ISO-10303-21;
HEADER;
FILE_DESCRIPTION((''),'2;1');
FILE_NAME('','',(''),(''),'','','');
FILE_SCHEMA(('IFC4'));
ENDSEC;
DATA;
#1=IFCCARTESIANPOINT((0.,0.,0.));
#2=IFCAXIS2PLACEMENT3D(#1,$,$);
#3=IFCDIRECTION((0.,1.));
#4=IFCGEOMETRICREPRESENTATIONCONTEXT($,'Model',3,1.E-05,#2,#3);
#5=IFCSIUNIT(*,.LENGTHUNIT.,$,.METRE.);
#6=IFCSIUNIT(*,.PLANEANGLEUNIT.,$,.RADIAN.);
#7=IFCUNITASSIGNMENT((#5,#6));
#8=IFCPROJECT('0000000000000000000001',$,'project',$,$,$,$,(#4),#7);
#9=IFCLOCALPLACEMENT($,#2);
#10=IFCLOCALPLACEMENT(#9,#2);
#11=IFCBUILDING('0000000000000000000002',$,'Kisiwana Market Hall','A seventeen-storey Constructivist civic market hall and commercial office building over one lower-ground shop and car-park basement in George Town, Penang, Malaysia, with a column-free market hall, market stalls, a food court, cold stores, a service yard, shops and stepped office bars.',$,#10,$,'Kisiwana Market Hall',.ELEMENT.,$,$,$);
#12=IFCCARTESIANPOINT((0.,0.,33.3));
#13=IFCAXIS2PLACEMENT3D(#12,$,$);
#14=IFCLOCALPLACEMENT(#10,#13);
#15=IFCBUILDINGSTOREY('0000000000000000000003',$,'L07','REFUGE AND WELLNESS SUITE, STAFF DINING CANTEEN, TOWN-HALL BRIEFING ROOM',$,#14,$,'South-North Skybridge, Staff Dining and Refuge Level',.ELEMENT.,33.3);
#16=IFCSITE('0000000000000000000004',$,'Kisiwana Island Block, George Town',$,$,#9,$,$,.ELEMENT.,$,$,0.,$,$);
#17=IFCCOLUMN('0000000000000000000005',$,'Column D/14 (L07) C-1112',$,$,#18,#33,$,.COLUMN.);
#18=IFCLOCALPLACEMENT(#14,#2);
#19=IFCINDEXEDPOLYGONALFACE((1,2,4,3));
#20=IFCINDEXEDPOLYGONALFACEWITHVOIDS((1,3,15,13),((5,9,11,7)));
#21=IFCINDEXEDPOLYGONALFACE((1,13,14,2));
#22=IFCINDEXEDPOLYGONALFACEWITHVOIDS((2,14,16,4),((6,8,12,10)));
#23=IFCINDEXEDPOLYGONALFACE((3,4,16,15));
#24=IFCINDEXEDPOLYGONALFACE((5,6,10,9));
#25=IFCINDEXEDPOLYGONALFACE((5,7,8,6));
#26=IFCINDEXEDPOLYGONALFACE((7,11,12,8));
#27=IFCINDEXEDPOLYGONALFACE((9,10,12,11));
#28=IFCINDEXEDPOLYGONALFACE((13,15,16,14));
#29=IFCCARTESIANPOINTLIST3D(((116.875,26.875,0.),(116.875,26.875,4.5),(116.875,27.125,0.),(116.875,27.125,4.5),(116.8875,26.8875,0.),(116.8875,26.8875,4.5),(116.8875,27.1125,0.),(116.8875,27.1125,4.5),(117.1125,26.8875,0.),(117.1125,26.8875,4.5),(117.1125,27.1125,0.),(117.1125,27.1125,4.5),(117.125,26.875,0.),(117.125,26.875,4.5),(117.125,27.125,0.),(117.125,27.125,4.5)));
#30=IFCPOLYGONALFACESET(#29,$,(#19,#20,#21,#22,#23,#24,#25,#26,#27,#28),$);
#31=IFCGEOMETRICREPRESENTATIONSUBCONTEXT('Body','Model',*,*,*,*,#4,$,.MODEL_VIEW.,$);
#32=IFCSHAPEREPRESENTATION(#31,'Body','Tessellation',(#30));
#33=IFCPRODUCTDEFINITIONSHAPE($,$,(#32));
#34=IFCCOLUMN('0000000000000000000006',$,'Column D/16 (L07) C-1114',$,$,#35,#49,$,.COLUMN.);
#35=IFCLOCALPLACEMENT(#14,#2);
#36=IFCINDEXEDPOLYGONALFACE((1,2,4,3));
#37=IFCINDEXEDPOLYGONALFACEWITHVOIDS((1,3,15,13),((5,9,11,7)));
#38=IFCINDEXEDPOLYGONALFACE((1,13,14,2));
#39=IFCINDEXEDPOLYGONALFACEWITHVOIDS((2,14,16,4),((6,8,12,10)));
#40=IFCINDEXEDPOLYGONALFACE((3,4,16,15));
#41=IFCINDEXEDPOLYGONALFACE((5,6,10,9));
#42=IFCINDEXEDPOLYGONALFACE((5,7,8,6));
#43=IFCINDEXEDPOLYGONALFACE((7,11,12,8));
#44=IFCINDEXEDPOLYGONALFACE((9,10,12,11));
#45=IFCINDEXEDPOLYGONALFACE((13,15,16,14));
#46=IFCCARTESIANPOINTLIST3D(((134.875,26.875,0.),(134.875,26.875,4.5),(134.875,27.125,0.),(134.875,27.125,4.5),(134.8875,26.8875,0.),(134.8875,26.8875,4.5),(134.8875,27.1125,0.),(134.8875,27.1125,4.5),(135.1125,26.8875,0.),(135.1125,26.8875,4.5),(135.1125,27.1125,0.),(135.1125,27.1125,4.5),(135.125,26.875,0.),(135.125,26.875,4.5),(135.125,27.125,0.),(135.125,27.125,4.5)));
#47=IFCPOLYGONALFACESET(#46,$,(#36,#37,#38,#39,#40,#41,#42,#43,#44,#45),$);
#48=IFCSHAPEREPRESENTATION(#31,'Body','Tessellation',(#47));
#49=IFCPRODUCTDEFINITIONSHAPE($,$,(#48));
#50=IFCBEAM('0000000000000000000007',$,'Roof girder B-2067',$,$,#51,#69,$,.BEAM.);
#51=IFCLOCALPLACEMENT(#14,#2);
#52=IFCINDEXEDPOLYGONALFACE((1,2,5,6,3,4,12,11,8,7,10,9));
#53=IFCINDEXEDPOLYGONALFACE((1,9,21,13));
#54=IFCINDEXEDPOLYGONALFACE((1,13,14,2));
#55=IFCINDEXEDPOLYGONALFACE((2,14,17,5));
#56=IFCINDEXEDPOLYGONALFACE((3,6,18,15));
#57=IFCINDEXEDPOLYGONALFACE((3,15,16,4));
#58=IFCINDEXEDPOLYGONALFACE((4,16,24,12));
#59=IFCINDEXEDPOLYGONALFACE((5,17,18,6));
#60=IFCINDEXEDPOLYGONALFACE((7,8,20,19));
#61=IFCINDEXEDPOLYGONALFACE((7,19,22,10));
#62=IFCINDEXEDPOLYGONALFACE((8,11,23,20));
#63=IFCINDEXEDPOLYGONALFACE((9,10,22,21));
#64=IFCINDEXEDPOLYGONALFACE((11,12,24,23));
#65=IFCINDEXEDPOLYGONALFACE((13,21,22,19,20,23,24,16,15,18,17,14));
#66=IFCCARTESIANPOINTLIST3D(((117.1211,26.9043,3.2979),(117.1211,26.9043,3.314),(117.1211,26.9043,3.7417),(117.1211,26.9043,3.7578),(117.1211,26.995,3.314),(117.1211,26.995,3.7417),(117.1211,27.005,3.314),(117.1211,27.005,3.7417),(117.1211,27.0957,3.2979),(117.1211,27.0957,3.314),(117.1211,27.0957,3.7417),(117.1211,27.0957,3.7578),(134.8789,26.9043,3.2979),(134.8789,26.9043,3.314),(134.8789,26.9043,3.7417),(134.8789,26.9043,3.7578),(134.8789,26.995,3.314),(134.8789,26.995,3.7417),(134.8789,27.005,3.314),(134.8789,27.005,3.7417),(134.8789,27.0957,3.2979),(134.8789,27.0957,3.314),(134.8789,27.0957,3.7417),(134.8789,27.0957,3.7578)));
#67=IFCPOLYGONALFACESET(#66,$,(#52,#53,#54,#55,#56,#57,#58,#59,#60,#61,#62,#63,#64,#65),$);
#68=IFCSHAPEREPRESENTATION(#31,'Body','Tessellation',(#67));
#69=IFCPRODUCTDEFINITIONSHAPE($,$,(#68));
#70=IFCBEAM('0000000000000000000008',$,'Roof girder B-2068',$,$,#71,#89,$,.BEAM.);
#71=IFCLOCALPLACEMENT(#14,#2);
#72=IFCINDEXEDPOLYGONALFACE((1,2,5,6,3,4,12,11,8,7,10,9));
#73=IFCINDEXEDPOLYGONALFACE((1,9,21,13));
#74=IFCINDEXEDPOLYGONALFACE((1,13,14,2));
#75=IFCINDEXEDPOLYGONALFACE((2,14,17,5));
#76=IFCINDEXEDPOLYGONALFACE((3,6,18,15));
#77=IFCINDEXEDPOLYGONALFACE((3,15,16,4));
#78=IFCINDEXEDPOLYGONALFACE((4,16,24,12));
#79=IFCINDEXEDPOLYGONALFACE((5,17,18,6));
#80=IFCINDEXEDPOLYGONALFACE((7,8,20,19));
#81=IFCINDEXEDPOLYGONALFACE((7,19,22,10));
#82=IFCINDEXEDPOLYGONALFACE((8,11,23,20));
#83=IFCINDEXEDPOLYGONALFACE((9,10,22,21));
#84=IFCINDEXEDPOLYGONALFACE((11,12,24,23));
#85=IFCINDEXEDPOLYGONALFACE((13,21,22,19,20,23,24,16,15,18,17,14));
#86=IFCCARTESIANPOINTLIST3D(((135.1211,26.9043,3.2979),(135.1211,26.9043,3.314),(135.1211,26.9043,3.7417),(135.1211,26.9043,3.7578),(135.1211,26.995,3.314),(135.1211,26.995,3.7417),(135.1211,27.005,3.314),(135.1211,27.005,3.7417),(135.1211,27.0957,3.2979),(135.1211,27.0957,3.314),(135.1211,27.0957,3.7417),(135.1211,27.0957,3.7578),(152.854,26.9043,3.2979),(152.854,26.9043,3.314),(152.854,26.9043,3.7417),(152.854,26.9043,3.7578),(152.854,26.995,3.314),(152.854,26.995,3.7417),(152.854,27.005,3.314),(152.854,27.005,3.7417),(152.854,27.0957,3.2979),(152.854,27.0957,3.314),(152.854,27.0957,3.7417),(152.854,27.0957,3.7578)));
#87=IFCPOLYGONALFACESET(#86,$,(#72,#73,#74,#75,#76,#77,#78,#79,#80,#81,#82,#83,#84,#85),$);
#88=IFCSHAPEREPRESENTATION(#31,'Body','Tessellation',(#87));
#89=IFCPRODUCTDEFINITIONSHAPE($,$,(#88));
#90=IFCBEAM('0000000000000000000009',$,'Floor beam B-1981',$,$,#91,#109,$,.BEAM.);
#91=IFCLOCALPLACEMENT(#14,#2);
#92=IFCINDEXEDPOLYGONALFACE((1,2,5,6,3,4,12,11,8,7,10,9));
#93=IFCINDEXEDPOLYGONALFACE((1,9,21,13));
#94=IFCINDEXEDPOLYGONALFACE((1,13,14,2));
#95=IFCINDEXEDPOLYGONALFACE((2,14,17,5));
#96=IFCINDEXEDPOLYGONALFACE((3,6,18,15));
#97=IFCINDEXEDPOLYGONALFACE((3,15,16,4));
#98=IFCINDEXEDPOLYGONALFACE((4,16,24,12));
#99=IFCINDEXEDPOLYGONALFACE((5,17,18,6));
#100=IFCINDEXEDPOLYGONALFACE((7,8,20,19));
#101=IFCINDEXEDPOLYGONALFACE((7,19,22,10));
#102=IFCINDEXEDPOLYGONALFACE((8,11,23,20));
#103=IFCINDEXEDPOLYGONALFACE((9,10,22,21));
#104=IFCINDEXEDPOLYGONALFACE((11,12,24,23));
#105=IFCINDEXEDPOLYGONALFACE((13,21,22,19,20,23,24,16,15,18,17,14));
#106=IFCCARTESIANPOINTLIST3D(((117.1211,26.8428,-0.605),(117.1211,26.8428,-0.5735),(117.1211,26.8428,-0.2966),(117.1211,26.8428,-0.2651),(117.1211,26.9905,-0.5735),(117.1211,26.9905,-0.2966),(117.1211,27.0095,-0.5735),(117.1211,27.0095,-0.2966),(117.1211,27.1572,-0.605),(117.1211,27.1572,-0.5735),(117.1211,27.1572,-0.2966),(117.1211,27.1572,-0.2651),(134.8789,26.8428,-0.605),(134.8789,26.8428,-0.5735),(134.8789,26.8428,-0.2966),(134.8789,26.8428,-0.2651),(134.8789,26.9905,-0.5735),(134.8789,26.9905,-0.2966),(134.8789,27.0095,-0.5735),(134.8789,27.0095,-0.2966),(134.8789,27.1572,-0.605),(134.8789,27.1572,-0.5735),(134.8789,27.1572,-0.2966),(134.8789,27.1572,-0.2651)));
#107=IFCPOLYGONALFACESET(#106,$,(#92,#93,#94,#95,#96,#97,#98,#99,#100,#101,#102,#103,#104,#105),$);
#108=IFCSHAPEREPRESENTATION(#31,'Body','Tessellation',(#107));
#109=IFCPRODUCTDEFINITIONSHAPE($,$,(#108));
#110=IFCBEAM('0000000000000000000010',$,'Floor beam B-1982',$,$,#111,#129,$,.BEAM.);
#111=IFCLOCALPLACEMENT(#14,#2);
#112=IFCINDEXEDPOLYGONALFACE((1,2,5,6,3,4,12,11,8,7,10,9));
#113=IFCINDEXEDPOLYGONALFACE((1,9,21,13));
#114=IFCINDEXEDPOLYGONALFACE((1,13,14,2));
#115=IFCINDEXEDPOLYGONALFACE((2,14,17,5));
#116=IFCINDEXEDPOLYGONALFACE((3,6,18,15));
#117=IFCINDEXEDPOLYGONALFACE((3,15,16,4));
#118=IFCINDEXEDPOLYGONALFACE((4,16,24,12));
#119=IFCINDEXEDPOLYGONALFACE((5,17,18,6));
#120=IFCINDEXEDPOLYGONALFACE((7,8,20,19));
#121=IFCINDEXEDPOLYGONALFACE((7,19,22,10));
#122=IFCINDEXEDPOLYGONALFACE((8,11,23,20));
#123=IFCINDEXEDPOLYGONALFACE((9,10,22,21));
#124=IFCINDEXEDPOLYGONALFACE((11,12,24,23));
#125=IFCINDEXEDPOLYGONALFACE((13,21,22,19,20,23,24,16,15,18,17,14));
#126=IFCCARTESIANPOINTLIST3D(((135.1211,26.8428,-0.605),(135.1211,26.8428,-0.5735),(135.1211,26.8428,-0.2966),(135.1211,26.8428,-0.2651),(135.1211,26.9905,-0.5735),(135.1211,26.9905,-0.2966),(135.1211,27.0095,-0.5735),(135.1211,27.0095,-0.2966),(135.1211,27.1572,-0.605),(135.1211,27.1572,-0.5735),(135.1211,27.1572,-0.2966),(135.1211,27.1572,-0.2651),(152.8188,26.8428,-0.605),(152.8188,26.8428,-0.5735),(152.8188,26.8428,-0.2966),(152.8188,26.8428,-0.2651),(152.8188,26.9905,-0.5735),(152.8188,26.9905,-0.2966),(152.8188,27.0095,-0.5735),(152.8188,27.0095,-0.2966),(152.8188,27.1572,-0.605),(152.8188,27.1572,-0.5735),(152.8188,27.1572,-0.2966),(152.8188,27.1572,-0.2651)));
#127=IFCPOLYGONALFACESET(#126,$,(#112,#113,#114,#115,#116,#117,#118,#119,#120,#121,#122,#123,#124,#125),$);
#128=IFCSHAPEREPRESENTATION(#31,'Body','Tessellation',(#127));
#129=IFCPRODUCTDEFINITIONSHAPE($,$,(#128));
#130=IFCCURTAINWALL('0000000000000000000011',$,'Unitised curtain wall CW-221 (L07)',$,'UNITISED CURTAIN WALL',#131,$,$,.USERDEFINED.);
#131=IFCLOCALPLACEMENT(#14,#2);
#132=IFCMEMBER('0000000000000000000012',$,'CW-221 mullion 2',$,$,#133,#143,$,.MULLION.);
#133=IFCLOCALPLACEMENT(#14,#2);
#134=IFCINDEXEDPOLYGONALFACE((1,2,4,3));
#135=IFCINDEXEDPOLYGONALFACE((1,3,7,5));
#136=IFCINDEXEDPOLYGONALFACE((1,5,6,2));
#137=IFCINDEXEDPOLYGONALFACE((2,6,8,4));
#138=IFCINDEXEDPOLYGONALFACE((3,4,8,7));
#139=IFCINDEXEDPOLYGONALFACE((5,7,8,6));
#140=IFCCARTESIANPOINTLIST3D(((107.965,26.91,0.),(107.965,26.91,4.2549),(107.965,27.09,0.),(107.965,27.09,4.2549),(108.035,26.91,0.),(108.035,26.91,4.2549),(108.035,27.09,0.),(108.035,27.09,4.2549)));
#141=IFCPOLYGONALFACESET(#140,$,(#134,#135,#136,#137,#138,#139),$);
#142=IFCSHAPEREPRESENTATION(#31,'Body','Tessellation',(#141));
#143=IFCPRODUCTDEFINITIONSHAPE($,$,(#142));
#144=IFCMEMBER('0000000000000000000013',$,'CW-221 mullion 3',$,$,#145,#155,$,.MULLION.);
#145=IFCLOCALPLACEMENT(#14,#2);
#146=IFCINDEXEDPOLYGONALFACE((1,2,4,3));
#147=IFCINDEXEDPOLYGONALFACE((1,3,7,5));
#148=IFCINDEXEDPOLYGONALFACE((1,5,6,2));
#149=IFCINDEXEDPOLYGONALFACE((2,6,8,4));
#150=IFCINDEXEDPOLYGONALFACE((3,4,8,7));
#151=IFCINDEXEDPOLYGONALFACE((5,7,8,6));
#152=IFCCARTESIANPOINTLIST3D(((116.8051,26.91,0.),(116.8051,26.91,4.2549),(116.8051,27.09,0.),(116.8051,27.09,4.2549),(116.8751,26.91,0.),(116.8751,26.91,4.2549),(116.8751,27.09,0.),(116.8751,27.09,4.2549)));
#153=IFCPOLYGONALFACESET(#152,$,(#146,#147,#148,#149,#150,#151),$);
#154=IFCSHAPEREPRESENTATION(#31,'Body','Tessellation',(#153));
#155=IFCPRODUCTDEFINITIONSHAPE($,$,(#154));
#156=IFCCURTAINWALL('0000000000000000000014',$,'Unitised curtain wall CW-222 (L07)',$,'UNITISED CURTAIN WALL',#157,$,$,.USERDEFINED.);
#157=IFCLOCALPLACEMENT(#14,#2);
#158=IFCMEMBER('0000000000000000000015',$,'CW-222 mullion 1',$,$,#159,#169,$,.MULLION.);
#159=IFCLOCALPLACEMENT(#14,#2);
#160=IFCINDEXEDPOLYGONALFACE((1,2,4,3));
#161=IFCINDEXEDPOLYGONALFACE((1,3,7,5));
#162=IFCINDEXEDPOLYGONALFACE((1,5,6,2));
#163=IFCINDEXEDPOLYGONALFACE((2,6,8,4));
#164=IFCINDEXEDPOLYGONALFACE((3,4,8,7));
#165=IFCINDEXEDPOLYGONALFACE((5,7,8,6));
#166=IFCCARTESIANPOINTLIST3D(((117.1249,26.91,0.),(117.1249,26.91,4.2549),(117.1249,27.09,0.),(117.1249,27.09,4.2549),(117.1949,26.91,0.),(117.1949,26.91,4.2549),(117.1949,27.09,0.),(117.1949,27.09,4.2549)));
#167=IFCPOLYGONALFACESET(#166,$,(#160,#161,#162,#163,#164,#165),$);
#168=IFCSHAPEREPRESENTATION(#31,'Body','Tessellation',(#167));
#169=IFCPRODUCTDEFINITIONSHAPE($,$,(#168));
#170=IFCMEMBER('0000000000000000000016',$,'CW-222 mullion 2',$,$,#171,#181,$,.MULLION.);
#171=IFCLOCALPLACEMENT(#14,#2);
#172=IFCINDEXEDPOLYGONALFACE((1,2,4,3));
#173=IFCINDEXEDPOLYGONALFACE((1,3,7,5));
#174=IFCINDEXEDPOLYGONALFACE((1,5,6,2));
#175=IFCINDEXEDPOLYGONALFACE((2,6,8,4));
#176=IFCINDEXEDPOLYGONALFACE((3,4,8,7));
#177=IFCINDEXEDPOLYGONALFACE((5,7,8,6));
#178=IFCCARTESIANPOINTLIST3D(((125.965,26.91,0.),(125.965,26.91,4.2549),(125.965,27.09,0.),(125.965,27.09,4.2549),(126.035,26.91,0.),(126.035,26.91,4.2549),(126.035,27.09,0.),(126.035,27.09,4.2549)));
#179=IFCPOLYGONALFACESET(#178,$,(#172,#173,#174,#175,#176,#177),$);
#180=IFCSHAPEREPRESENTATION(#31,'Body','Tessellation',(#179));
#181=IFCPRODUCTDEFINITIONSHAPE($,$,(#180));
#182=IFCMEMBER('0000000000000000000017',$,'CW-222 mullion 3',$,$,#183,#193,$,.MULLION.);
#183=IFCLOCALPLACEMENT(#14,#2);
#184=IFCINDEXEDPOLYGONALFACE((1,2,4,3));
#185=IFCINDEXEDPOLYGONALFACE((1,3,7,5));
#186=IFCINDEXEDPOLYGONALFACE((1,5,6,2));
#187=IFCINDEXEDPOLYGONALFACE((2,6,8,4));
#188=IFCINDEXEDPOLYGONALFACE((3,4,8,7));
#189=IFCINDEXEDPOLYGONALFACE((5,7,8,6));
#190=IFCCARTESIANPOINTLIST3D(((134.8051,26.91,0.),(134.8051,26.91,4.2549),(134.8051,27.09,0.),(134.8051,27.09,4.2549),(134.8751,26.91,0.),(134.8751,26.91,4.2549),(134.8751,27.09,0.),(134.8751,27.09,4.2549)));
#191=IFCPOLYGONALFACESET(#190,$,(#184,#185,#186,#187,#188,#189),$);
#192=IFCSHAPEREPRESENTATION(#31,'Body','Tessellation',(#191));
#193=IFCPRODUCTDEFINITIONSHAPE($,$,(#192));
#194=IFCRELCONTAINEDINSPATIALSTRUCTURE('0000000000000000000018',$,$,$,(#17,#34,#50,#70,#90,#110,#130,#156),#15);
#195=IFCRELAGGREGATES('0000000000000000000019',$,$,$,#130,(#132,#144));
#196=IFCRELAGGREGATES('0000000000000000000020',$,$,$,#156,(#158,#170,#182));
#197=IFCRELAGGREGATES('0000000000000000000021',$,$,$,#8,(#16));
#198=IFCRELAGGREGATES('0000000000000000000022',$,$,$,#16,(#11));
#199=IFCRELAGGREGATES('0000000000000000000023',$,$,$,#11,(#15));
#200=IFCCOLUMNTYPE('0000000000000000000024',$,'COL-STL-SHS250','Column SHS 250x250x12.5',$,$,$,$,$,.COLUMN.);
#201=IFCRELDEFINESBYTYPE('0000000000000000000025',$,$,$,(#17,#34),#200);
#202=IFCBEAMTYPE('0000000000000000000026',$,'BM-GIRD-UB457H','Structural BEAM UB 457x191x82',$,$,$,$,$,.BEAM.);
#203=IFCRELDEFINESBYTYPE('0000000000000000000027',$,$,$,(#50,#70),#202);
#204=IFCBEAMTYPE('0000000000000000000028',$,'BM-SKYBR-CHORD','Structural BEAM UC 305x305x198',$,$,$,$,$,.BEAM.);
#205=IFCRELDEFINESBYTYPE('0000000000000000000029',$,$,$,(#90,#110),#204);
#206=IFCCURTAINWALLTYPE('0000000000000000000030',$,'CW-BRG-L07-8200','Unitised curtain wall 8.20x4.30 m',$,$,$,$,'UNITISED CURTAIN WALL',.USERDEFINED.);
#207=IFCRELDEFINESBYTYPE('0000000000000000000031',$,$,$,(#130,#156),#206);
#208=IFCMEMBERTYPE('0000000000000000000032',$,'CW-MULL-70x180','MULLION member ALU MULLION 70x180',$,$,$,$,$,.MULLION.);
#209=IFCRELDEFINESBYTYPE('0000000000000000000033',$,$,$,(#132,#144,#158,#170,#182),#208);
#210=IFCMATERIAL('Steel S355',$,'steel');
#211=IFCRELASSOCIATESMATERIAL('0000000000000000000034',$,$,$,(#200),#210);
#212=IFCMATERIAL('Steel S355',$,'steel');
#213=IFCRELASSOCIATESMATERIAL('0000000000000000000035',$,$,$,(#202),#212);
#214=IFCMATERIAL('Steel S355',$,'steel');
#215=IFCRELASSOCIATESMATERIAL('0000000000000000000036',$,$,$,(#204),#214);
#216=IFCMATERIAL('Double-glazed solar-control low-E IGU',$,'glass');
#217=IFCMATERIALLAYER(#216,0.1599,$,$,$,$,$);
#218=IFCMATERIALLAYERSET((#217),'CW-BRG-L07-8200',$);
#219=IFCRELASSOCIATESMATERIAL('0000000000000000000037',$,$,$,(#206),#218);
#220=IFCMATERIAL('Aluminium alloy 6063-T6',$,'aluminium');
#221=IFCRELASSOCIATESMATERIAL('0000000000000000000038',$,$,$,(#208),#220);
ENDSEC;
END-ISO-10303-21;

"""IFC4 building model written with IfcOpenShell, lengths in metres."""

from ifc_helpers import new_model, si_unit, direction, frame, origin, origin_2d, place, context, subcontext, project, spatial, rectangle, hollow_rectangle, i_section, extrude, material, layer, layer_set, material_profile, profile_set, type_object, element, aggregate, save


model = new_model("IFC4")

# Units and contexts
model_context = context("Model", 3, precision=1e-05, world=origin(), true_north=direction((0.0, 1.0)))
body_context = subcontext(model_context, "Body", "Model", "MODEL_VIEW")
ifc_project = project(units=[si_unit("LENGTHUNIT", "METRE"), si_unit("PLANEANGLEUNIT", "RADIAN")], contexts=[model_context])

# Site, building, storey
site_placement = place(None, origin())
site = spatial("IfcSite", under=ifc_project, at=site_placement, Name="Kisiwana Island Block, George Town", CompositionType="ELEMENT", RefElevation=0.0)
building_placement = place(site_placement, origin())
building = spatial("IfcBuilding", under=site, at=building_placement, Name="Kisiwana Market Hall", Description="A seventeen-storey Constructivist civic market hall and commercial office building over one lower-ground shop and car-park basement in George Town, Penang, Malaysia, with a column-free market hall, market stalls, a food court, cold stores, a service yard, shops and stepped office bars.", LongName="Kisiwana Market Hall", CompositionType="ELEMENT")
storey_placement = place(building_placement, frame((0.0, 0.0, 33.3)))
storey = spatial("IfcBuildingStorey", under=building, at=storey_placement, Name="L07", Description="REFUGE AND WELLNESS SUITE, STAFF DINING CANTEEN, TOWN-HALL BRIEFING ROOM", LongName="South-North Skybridge, Staff Dining and Refuge Level", CompositionType="ELEMENT", Elevation=33.3)

# Columns
ifc_material_1 = material(Name="Steel S355", Category="steel")
ifc_material_profile_1 = material_profile(ifc_material_1, hollow_rectangle(XDim=0.25, YDim=0.25, WallThickness=0.0125, at=origin_2d()), Name="SHS 250x250x12.5")
ifc_profile_set_1 = profile_set([ifc_material_profile_1], Name="Steel S355")
column_type = type_object("IfcColumnType", Name="COL-STL-SHS250", Description="Column SHS 250x250x12.5", PredefinedType="COLUMN", material=ifc_profile_set_1)
for number, where, z_axis, x_axis, name in (
    (1, (117.0, 27.0, 0.0), (0.0, 0.0, 1.0), (1.0, 0.0, 0.0), "Column D/14 (L07) C-1112"),
    (2, (135.0, 27.0, 0.0), (0.0, 0.0, 1.0), (1.0, 0.0, 0.0), "Column D/16 (L07) C-1114"),
):
    element("IfcColumn", number, at=place(storey_placement, frame(where, z_axis=z_axis, x_axis=x_axis)), inside=storey, type_object=column_type, Name=name, PredefinedType="COLUMN", context=body_context, shape_type="SweptSolid", body=[
        extrude(hollow_rectangle(XDim=0.25, YDim=0.25, WallThickness=0.0125, at=origin_2d()), origin(), (0.0, 0.0, 1.0), 4.5),
    ])

# Beams
ifc_material_2 = material(Name="Steel S355", Category="steel")
ifc_material_profile_2 = material_profile(ifc_material_2, i_section(OverallWidth=0.1914, OverallDepth=0.46, WebThickness=0.01, FlangeThickness=0.0161, at=origin_2d()), Name="UB 457x191x82")
ifc_profile_set_2 = profile_set([ifc_material_profile_2], Name="Steel S355")
beam_type_1 = type_object("IfcBeamType", Name="BM-GIRD-UB457H", Description="Structural BEAM UB 457x191x82", PredefinedType="BEAM", material=ifc_profile_set_2)
beam_1_placement = place(storey_placement, frame((117.1211, 27.0, 3.5278), z_axis=(1.0, 0.0, 0.0), x_axis=(0.0, 1.0, 0.0)))
element("IfcBeam", 3, at=beam_1_placement, inside=storey, type_object=beam_type_1, Name="Roof girder B-2067", PredefinedType="BEAM", context=body_context, shape_type="SweptSolid", body=[
    extrude(i_section(OverallWidth=0.1914, OverallDepth=0.46, WebThickness=0.01, FlangeThickness=0.0161, at=origin_2d()), origin(), (0.0, 0.0, 1.0), 17.7578),
])
beam_2_placement = place(storey_placement, frame((135.1211, 27.0, 3.5278), z_axis=(1.0, 0.0, 0.0), x_axis=(0.0, 1.0, 0.0)))
element("IfcBeam", 4, at=beam_2_placement, inside=storey, type_object=beam_type_1, Name="Roof girder B-2068", PredefinedType="BEAM", context=body_context, shape_type="SweptSolid", body=[
    extrude(i_section(OverallWidth=0.1914, OverallDepth=0.46, WebThickness=0.01, FlangeThickness=0.0161, at=origin_2d()), origin(), (0.0, 0.0, 1.0), 17.7329),
])
ifc_material_3 = material(Name="Steel S355", Category="steel")
ifc_material_profile_3 = material_profile(ifc_material_3, i_section(OverallWidth=0.3145, OverallDepth=0.3398, WebThickness=0.019, FlangeThickness=0.0315, at=origin_2d()), Name="UC 305x305x198")
ifc_profile_set_3 = profile_set([ifc_material_profile_3], Name="Steel S355")
beam_type_2 = type_object("IfcBeamType", Name="BM-SKYBR-CHORD", Description="Structural BEAM UC 305x305x198", PredefinedType="BEAM", material=ifc_profile_set_3)
beam_3_placement = place(storey_placement, frame((117.1211, 27.0, -0.4351), z_axis=(1.0, 0.0, 0.0), x_axis=(0.0, 1.0, 0.0)))
element("IfcBeam", 5, at=beam_3_placement, inside=storey, type_object=beam_type_2, Name="Floor beam B-1981", PredefinedType="BEAM", context=body_context, shape_type="SweptSolid", body=[
    extrude(i_section(OverallWidth=0.3145, OverallDepth=0.3398, WebThickness=0.019, FlangeThickness=0.0315, at=origin_2d()), origin(), (0.0, 0.0, 1.0), 17.7578),
])
beam_4_placement = place(storey_placement, frame((135.1211, 27.0, -0.4351), z_axis=(1.0, 0.0, 0.0), x_axis=(0.0, 1.0, 0.0)))
element("IfcBeam", 6, at=beam_4_placement, inside=storey, type_object=beam_type_2, Name="Floor beam B-1982", PredefinedType="BEAM", context=body_context, shape_type="SweptSolid", body=[
    extrude(i_section(OverallWidth=0.3145, OverallDepth=0.3398, WebThickness=0.019, FlangeThickness=0.0315, at=origin_2d()), origin(), (0.0, 0.0, 1.0), 17.6978),
])

# Curtain walls, members
ifc_material_4 = material(Name="Double-glazed solar-control low-E IGU", Category="glass")
ifc_layer_1 = layer(ifc_material_4, 0.1599)
ifc_layer_set_1 = layer_set([ifc_layer_1], Name="CW-BRG-L07-8200")
curtain_wall_type = type_object("IfcCurtainWallType", Name="CW-BRG-L07-8200", Description="Unitised curtain wall 8.20x4.30 m", ElementType="UNITISED CURTAIN WALL", PredefinedType="USERDEFINED", material=ifc_layer_set_1)
curtain_wall_1_placement = place(storey_placement, origin())
curtain_wall_1 = element("IfcCurtainWall", 7, at=curtain_wall_1_placement, inside=storey, type_object=curtain_wall_type, Name="Unitised curtain wall CW-221 (L07)", ObjectType="UNITISED CURTAIN WALL", PredefinedType="USERDEFINED")
ifc_material_5 = material(Name="Aluminium alloy 6063-T6", Category="aluminium")
ifc_material_profile_4 = material_profile(ifc_material_5, rectangle(XDim=0.0701, YDim=0.1799, at=origin_2d()), Name="ALU MULLION 70x180")
ifc_profile_set_4 = profile_set([ifc_material_profile_4], Name="Aluminium alloy 6063-T6")
member_type_1 = type_object("IfcMemberType", Name="CW-MULL-70x180", Description="MULLION member ALU MULLION 70x180", PredefinedType="MULLION", material=ifc_profile_set_4)
member_1_placement = place(storey_placement, frame((108.0, 27.0, 0.0), z_axis=(0.0, 0.0, 1.0), x_axis=(1.0, 0.0, 0.0)))
member_1 = element("IfcMember", 8, at=member_1_placement, type_object=member_type_1, Name="CW-221 mullion 2", PredefinedType="MULLION", context=body_context, shape_type="SweptSolid", body=[
    extrude(rectangle(XDim=0.0701, YDim=0.1799, at=origin_2d()), origin(), (0.0, 0.0, 1.0), 4.2549),
])
member_2_placement = place(storey_placement, frame((116.8401, 27.0, 0.0), z_axis=(0.0, 0.0, 1.0), x_axis=(1.0, 0.0, 0.0)))
member_2 = element("IfcMember", 9, at=member_2_placement, type_object=member_type_1, Name="CW-221 mullion 3", PredefinedType="MULLION", context=body_context, shape_type="SweptSolid", body=[
    extrude(rectangle(XDim=0.0701, YDim=0.1799, at=origin_2d()), origin(), (0.0, 0.0, 1.0), 4.2549),
])
curtain_wall_2_placement = place(storey_placement, origin())
curtain_wall_2 = element("IfcCurtainWall", 10, at=curtain_wall_2_placement, inside=storey, type_object=curtain_wall_type, Name="Unitised curtain wall CW-222 (L07)", ObjectType="UNITISED CURTAIN WALL", PredefinedType="USERDEFINED")
member_3_placement = place(storey_placement, frame((117.1599, 27.0, 0.0), z_axis=(0.0, 0.0, 1.0), x_axis=(1.0, 0.0, 0.0)))
member_3 = element("IfcMember", 11, at=member_3_placement, type_object=member_type_1, Name="CW-222 mullion 1", PredefinedType="MULLION", context=body_context, shape_type="SweptSolid", body=[
    extrude(rectangle(XDim=0.0701, YDim=0.1799, at=origin_2d()), origin(), (0.0, 0.0, 1.0), 4.2549),
])
member_4_placement = place(storey_placement, frame((126.0, 27.0, 0.0), z_axis=(0.0, 0.0, 1.0), x_axis=(1.0, 0.0, 0.0)))
member_4 = element("IfcMember", 12, at=member_4_placement, type_object=member_type_1, Name="CW-222 mullion 2", PredefinedType="MULLION", context=body_context, shape_type="SweptSolid", body=[
    extrude(rectangle(XDim=0.0701, YDim=0.1799, at=origin_2d()), origin(), (0.0, 0.0, 1.0), 4.2549),
])
member_5_placement = place(storey_placement, frame((134.8401, 27.0, 0.0), z_axis=(0.0, 0.0, 1.0), x_axis=(1.0, 0.0, 0.0)))
member_5 = element("IfcMember", 13, at=member_5_placement, type_object=member_type_1, Name="CW-222 mullion 3", PredefinedType="MULLION", context=body_context, shape_type="SweptSolid", body=[
    extrude(rectangle(XDim=0.0701, YDim=0.1799, at=origin_2d()), origin(), (0.0, 0.0, 1.0), 4.2549),
])

aggregate(curtain_wall_1, [member_1, member_2])
aggregate(curtain_wall_2, [member_3, member_4, member_5])

save(model, "model.ifc")
